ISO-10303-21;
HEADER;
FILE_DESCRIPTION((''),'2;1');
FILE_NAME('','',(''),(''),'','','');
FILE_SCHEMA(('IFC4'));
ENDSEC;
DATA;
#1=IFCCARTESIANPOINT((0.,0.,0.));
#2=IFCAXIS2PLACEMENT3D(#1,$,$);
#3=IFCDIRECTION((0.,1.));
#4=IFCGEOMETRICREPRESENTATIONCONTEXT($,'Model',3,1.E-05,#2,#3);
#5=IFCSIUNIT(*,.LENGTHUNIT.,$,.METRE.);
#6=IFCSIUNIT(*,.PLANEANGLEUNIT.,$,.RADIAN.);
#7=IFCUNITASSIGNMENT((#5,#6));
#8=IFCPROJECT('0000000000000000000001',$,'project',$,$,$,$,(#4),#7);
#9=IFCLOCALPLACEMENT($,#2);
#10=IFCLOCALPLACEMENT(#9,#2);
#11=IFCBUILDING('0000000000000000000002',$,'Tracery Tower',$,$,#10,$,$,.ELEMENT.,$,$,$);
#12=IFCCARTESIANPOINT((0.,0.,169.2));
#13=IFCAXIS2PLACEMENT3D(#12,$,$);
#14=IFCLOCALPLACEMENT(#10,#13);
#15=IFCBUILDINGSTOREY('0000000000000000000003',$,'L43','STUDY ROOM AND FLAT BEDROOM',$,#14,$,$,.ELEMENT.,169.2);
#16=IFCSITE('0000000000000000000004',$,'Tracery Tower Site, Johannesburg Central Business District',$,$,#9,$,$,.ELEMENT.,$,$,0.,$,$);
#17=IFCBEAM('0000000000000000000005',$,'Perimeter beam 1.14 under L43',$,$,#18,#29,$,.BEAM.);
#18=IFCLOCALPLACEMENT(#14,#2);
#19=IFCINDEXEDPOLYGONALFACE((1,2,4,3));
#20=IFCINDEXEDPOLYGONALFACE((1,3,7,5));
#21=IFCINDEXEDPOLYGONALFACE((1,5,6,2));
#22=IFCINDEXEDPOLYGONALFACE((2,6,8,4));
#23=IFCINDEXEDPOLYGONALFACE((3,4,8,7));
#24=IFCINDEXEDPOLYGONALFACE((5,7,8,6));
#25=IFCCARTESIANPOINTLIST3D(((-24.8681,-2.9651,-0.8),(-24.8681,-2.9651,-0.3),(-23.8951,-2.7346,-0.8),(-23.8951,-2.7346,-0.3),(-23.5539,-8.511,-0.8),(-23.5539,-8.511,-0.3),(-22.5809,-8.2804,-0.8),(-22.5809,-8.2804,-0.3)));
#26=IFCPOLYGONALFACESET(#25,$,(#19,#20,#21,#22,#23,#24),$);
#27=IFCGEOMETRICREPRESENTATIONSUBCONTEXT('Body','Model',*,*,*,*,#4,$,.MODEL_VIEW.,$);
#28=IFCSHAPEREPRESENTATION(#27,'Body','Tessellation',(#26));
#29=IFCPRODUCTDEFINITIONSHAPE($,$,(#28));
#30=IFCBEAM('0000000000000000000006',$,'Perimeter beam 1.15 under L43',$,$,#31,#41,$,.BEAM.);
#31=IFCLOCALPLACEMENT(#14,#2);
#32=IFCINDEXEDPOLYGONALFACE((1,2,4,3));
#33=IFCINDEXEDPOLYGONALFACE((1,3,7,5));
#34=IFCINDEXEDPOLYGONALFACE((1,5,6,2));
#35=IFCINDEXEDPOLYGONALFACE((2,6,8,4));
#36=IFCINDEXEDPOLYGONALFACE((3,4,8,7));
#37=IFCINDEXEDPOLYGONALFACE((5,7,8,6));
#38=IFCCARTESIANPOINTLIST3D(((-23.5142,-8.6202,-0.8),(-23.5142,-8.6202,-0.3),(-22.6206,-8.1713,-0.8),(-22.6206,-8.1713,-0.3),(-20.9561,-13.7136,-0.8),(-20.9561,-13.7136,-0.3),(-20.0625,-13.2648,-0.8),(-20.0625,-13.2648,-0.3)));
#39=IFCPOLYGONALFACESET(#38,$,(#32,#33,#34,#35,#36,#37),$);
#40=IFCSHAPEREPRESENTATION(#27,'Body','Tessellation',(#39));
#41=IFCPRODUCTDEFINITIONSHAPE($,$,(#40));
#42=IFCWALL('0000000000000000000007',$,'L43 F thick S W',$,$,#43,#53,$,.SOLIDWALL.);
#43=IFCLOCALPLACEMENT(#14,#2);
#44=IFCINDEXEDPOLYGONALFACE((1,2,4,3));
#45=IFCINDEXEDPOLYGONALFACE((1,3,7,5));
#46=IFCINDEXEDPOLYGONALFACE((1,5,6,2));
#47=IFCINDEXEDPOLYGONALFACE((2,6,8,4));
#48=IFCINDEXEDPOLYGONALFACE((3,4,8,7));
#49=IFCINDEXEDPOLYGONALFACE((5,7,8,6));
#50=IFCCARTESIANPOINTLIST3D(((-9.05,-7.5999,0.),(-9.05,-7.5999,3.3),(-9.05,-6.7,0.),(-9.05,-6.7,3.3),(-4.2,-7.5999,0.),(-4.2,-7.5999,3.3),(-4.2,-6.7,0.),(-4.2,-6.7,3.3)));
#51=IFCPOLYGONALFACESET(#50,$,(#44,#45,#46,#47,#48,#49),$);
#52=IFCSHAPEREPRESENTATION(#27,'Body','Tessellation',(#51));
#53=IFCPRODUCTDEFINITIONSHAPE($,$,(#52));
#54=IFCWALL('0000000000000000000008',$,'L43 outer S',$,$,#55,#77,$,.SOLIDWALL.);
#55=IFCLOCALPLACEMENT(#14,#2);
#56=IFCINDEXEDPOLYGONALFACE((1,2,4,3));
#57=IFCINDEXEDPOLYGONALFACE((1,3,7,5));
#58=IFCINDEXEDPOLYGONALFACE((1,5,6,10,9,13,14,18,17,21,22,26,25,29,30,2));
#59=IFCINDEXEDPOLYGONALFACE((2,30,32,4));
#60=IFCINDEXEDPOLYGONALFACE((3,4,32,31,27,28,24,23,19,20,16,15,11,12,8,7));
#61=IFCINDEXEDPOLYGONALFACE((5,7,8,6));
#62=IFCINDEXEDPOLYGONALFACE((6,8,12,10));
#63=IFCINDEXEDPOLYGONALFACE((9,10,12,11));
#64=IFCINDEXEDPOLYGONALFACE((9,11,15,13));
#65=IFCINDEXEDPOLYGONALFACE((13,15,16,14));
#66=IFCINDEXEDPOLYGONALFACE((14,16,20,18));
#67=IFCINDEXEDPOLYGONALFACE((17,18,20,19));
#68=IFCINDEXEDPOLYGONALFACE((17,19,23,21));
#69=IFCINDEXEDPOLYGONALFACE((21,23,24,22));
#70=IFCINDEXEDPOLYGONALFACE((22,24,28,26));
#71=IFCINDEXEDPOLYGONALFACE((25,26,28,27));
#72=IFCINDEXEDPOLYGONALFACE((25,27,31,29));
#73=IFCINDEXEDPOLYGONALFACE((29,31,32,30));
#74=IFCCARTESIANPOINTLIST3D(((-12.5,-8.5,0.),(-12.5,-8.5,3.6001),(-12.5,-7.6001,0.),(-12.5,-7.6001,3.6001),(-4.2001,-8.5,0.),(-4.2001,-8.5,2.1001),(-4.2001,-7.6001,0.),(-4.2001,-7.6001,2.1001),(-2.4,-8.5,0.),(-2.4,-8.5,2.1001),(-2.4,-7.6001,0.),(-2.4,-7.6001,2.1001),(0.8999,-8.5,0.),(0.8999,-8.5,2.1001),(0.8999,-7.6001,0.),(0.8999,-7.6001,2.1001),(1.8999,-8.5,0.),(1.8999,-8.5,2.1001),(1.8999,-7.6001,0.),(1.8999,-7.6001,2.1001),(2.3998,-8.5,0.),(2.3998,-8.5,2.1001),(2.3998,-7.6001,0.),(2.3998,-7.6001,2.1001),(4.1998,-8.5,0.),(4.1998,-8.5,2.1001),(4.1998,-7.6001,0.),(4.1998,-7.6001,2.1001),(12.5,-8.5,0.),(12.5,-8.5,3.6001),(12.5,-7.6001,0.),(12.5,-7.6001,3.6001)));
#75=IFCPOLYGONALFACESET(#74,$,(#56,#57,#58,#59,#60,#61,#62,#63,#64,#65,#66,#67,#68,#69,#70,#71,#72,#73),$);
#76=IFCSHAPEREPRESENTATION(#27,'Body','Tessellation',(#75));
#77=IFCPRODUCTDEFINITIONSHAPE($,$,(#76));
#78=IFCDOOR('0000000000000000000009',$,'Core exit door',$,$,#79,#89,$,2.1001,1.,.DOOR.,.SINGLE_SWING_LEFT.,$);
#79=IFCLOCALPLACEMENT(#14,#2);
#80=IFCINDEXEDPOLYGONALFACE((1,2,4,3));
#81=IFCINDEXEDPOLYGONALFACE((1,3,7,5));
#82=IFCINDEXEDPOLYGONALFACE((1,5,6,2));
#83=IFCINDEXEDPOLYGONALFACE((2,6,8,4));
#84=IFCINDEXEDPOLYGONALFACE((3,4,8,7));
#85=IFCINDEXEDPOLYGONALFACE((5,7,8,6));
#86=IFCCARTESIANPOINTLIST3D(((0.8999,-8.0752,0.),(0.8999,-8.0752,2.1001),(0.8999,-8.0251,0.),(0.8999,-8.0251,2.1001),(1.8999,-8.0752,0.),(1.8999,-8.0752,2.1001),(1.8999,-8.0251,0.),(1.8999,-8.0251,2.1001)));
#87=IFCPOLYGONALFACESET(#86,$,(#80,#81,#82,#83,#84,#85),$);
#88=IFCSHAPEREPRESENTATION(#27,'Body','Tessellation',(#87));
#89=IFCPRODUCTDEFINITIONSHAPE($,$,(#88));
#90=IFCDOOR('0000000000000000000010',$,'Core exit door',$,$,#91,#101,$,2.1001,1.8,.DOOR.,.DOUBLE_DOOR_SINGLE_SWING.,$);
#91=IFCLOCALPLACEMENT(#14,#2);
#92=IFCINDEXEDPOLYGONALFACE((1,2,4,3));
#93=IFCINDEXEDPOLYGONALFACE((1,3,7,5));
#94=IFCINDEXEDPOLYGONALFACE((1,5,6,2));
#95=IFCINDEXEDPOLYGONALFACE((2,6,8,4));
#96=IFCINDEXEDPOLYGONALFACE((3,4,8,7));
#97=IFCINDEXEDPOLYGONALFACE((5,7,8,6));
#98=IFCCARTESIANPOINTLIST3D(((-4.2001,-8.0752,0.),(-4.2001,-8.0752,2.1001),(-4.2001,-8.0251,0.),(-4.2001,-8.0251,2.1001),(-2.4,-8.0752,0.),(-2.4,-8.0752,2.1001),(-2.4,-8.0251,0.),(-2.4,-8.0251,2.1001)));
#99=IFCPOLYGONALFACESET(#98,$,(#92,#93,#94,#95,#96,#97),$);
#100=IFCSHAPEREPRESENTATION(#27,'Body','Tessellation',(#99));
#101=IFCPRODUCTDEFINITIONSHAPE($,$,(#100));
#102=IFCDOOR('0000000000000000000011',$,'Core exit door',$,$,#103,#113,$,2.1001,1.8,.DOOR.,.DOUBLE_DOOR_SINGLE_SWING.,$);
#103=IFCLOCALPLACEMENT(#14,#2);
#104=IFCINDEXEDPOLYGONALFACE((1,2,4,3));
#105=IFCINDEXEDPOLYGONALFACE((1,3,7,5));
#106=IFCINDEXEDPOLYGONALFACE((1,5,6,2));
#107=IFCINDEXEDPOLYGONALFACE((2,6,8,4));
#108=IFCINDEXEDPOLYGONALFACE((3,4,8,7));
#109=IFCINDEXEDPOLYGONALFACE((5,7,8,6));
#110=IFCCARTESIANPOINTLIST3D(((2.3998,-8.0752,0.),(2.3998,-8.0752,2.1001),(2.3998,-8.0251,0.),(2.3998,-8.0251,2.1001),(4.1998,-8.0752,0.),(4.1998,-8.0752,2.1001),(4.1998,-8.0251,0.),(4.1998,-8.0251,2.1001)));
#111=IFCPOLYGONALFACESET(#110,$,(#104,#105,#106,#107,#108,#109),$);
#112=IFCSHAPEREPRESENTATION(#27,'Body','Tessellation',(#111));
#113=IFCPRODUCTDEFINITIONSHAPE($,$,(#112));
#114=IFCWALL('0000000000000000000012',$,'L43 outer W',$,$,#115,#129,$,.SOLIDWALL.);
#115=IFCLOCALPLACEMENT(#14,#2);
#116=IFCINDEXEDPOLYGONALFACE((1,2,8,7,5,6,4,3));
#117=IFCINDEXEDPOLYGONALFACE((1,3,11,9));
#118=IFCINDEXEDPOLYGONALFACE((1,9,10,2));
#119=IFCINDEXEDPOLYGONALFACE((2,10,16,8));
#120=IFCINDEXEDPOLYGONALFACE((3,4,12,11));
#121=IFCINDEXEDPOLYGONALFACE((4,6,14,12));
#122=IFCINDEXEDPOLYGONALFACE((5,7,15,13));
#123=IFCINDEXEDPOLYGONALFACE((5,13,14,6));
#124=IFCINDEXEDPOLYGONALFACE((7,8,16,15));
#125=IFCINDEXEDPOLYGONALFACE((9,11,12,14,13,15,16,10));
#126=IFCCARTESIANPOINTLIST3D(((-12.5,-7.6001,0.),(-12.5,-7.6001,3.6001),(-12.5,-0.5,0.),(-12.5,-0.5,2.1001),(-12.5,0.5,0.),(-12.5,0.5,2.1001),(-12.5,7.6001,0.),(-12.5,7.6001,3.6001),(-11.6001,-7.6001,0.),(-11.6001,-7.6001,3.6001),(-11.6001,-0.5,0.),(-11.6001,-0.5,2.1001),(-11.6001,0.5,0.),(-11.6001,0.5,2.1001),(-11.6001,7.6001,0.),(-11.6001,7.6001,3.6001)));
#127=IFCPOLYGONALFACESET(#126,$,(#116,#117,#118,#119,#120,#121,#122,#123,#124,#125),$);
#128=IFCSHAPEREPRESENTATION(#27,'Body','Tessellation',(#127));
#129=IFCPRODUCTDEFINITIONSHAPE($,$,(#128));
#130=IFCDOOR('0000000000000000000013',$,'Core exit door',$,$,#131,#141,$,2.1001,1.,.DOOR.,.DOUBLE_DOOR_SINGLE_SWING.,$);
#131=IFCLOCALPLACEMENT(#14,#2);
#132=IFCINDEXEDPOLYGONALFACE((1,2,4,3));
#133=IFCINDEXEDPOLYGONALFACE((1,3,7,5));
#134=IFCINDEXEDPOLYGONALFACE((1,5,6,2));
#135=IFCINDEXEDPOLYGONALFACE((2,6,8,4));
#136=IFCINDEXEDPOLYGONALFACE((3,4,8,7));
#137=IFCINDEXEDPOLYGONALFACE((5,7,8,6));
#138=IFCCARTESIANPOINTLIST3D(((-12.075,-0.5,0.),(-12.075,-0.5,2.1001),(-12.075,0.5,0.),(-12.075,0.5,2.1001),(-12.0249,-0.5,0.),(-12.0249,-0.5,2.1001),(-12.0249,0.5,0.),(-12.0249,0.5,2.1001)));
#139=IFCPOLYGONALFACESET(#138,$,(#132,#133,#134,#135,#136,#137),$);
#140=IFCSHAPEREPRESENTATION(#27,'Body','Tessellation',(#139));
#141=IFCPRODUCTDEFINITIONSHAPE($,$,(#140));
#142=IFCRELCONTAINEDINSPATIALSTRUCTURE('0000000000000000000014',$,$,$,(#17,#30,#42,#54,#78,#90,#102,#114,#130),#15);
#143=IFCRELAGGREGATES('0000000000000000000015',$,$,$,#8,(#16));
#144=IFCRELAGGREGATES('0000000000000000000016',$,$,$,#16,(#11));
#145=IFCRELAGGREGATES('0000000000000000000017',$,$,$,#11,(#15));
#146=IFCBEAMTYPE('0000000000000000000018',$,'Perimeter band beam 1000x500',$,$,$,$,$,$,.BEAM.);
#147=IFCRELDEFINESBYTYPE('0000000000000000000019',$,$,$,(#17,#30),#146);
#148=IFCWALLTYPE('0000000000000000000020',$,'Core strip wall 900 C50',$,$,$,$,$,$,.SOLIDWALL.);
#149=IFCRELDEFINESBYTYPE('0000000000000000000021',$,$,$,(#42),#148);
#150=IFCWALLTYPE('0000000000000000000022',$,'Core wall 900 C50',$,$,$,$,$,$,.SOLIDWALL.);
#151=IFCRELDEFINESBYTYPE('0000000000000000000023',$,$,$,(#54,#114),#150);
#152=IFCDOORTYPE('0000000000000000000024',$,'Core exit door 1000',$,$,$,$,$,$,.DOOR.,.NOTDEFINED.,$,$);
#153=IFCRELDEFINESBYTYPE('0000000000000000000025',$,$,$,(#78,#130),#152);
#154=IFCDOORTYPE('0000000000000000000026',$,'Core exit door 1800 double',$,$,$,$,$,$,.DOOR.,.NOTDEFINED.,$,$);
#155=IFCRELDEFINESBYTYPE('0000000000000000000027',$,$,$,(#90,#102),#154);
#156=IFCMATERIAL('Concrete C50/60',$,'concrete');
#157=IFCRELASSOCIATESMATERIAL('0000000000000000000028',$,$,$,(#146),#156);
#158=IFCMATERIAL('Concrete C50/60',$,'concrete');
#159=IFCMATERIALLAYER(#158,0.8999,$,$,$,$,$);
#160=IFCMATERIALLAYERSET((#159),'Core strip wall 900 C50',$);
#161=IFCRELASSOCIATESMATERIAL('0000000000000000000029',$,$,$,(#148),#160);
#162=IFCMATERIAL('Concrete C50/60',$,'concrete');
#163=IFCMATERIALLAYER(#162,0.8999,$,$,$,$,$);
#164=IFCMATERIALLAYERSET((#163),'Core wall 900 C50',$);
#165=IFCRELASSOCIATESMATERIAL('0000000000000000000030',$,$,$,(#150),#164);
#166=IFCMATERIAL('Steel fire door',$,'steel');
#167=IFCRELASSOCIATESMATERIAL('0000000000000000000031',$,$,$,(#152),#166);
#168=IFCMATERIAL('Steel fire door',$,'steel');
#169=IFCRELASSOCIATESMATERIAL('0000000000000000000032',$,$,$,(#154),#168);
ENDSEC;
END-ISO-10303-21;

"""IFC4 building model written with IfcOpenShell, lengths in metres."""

from ifc_helpers import new_model, si_unit, direction, frame, frame_2d, origin, origin_2d, place, context, subcontext, project, spatial, rectangle, extrude, material, layer, layer_set, material_profile, profile_set, type_object, element, fill, save


model = new_model("IFC4")

# Units and contexts
model_context = context("Model", 3, precision=1e-05, world=origin(), true_north=direction((0.0, 1.0)))
body_context = subcontext(model_context, "Body", "Model", "MODEL_VIEW")
ifc_project = project(units=[si_unit("LENGTHUNIT", "METRE"), si_unit("PLANEANGLEUNIT", "RADIAN")], contexts=[model_context])

# Site, building, storey
site_placement = place(None, origin())
site = spatial("IfcSite", under=ifc_project, at=site_placement, Name="Tracery Tower Site, Johannesburg Central Business District", CompositionType="ELEMENT", RefElevation=0.0)
building_placement = place(site_placement, origin())
building = spatial("IfcBuilding", under=site, at=building_placement, Name="Tracery Tower", CompositionType="ELEMENT")
storey_placement = place(building_placement, frame((0.0, 0.0, 169.2)))
storey = spatial("IfcBuildingStorey", under=building, at=storey_placement, Name="L43", Description="STUDY ROOM AND FLAT BEDROOM", CompositionType="ELEMENT", Elevation=169.2)

# Beams
ifc_material_1 = material(Name="Concrete C50/60", Category="concrete")
ifc_material_profile_1 = material_profile(ifc_material_1, rectangle(XDim=1.0, YDim=0.5, at=origin_2d()), Name="RC 1000x500")
ifc_profile_set_1 = profile_set([ifc_material_profile_1], Name="Concrete C50/60")
beam_type = type_object("IfcBeamType", Name="Perimeter band beam 1000x500", PredefinedType="BEAM", material=ifc_profile_set_1)
beam_1_placement = place(storey_placement, frame((-24.3816, -2.8499, -0.55), z_axis=(0.230584, -0.973052, 0.0), x_axis=(0.973052, 0.230584, 0.0)))
element("IfcBeam", 1, at=beam_1_placement, inside=storey, type_object=beam_type, Name="Perimeter beam 1.14 under L43", PredefinedType="BEAM", context=body_context, shape_type="SweptSolid", body=[
    extrude(rectangle(XDim=1.0, YDim=0.5, at=origin_2d()), origin(), (0.0, 0.0, 1.0), 5.6995),
])
beam_2_placement = place(storey_placement, frame((-23.0674, -8.3958, -0.55), z_axis=(0.448806, -0.893629, 0.0), x_axis=(0.893629, 0.448806, 0.0)))
element("IfcBeam", 2, at=beam_2_placement, inside=storey, type_object=beam_type, Name="Perimeter beam 1.15 under L43", PredefinedType="BEAM", context=body_context, shape_type="SweptSolid", body=[
    extrude(rectangle(XDim=1.0, YDim=0.5, at=origin_2d()), origin(), (0.0, 0.0, 1.0), 5.6997),
])

# Wall
ifc_material_2 = material(Name="Concrete C50/60", Category="concrete")
ifc_layer_1 = layer(ifc_material_2, 0.8999)
ifc_layer_set_1 = layer_set([ifc_layer_1], Name="Core strip wall 900 C50")
wall_type_1 = type_object("IfcWallType", Name="Core strip wall 900 C50", PredefinedType="SOLIDWALL", material=ifc_layer_set_1)
wall_1_placement = place(storey_placement, frame((-9.05, -7.1499, 0.0), z_axis=(0.0, 0.0, 1.0), x_axis=(1.0, 0.0, 0.0)))
element("IfcWall", 3, at=wall_1_placement, inside=storey, type_object=wall_type_1, Name="L43 F thick S W", PredefinedType="SOLIDWALL", context=body_context, shape_type="SweptSolid", body=[
    extrude(rectangle(XDim=4.8501, YDim=0.8999, at=frame_2d((2.425, 0.0))), origin(), (0.0, 0.0, 1.0), 3.3),
])

# Wall, openings, doors
ifc_material_3 = material(Name="Concrete C50/60", Category="concrete")
ifc_layer_2 = layer(ifc_material_3, 0.8999)
ifc_layer_set_2 = layer_set([ifc_layer_2], Name="Core wall 900 C50")
wall_type_2 = type_object("IfcWallType", Name="Core wall 900 C50", PredefinedType="SOLIDWALL", material=ifc_layer_set_2)
wall_2_placement = place(storey_placement, frame((-12.5, -8.05, 0.0), z_axis=(0.0, 0.0, 1.0), x_axis=(1.0, 0.0, 0.0)))
wall_2 = element("IfcWall", 4, at=wall_2_placement, inside=storey, type_object=wall_type_2, Name="L43 outer S", PredefinedType="SOLIDWALL", context=body_context, shape_type="SweptSolid", body=[
    extrude(rectangle(XDim=25.0, YDim=0.8999, at=frame_2d((12.5, 0.0))), origin(), (0.0, 0.0, 1.0), 3.6001),
])
opening_1_placement = place(wall_2_placement, frame((13.3999, 0.0, 0.0)))
opening_1 = element("IfcOpeningElement", 5, at=opening_1_placement, cuts=wall_2, PredefinedType="OPENING", context=body_context, shape_type="SweptSolid", body=[
    extrude(rectangle(XDim=1.0, YDim=2.1001, at=frame_2d((0.5, 1.05))), frame((0.0, 0.45, 0.0), z_axis=(0.0, -1.0, 0.0), x_axis=(1.0, 0.0, 0.0)), (0.0, 0.0, 1.0), 0.8999),
])
opening_2_placement = place(wall_2_placement, frame((8.3, 0.0, 0.0)))
opening_2 = element("IfcOpeningElement", 6, at=opening_2_placement, cuts=wall_2, PredefinedType="OPENING", context=body_context, shape_type="SweptSolid", body=[
    extrude(rectangle(XDim=1.8, YDim=2.1001, at=frame_2d((0.8999, 1.05))), frame((0.0, 0.45, 0.0), z_axis=(0.0, -1.0, 0.0), x_axis=(1.0, 0.0, 0.0)), (0.0, 0.0, 1.0), 0.8999),
])
opening_3_placement = place(wall_2_placement, frame((14.8999, 0.0, 0.0)))
opening_3 = element("IfcOpeningElement", 7, at=opening_3_placement, cuts=wall_2, PredefinedType="OPENING", context=body_context, shape_type="SweptSolid", body=[
    extrude(rectangle(XDim=1.8, YDim=2.1001, at=frame_2d((0.8999, 1.05))), frame((0.0, 0.45, 0.0), z_axis=(0.0, -1.0, 0.0), x_axis=(1.0, 0.0, 0.0)), (0.0, 0.0, 1.0), 0.8999),
])
ifc_material_4 = material(Name="Steel fire door", Category="steel")
door_type_1 = type_object("IfcDoorType", Name="Core exit door 1000", OperationType="NOTDEFINED", PredefinedType="DOOR", material=ifc_material_4)
door_1_placement = place(opening_1_placement, origin())
door_1 = element("IfcDoor", 8, at=door_1_placement, inside=storey, type_object=door_type_1, Name="Core exit door", OperationType="SINGLE_SWING_LEFT", OverallHeight=2.1001, OverallWidth=1.0, PredefinedType="DOOR", context=body_context, shape_type="SweptSolid", body=[
    extrude(rectangle(XDim=1.0, YDim=2.1001, at=frame_2d((0.5, 1.05))), frame((0.0, 0.0249, 0.0), z_axis=(0.0, -1.0, 0.0), x_axis=(1.0, 0.0, 0.0)), (0.0, 0.0, 1.0), 0.05),
])
fill(opening_1, door_1)
ifc_material_5 = material(Name="Steel fire door", Category="steel")
door_type_2 = type_object("IfcDoorType", Name="Core exit door 1800 double", OperationType="NOTDEFINED", PredefinedType="DOOR", material=ifc_material_5)
door_2_placement = place(opening_2_placement, origin())
door_2 = element("IfcDoor", 9, at=door_2_placement, inside=storey, type_object=door_type_2, Name="Core exit door", OperationType="DOUBLE_DOOR_SINGLE_SWING", OverallHeight=2.1001, OverallWidth=1.8, PredefinedType="DOOR", context=body_context, shape_type="SweptSolid", body=[
    extrude(rectangle(XDim=1.8, YDim=2.1001, at=frame_2d((0.8999, 1.05))), frame((0.0, 0.0249, 0.0), z_axis=(0.0, -1.0, 0.0), x_axis=(1.0, 0.0, 0.0)), (0.0, 0.0, 1.0), 0.05),
])
fill(opening_2, door_2)
door_3_placement = place(opening_3_placement, origin())
door_3 = element("IfcDoor", 10, at=door_3_placement, inside=storey, type_object=door_type_2, Name="Core exit door", OperationType="DOUBLE_DOOR_SINGLE_SWING", OverallHeight=2.1001, OverallWidth=1.8, PredefinedType="DOOR", context=body_context, shape_type="SweptSolid", body=[
    extrude(rectangle(XDim=1.8, YDim=2.1001, at=frame_2d((0.8999, 1.05))), frame((0.0, 0.0249, 0.0), z_axis=(0.0, -1.0, 0.0), x_axis=(1.0, 0.0, 0.0)), (0.0, 0.0, 1.0), 0.05),
])
fill(opening_3, door_3)

# Wall, opening, door
wall_3_placement = place(storey_placement, frame((-12.05, -7.6001, 0.0), z_axis=(0.0, 0.0, 1.0), x_axis=(0.0, 1.0, 0.0)))
wall_3 = element("IfcWall", 11, at=wall_3_placement, inside=storey, type_object=wall_type_2, Name="L43 outer W", PredefinedType="SOLIDWALL", context=body_context, shape_type="SweptSolid", body=[
    extrude(rectangle(XDim=15.2002, YDim=0.8999, at=frame_2d((7.6001, 0.0))), origin(), (0.0, 0.0, 1.0), 3.6001),
])
opening_4_placement = place(wall_3_placement, frame((7.1001, 0.0, 0.0)))
opening_4 = element("IfcOpeningElement", 12, at=opening_4_placement, cuts=wall_3, PredefinedType="OPENING", context=body_context, shape_type="SweptSolid", body=[
    extrude(rectangle(XDim=1.0, YDim=2.1001, at=frame_2d((0.5, 1.05))), frame((0.0, 0.45, 0.0), z_axis=(0.0, -1.0, 0.0), x_axis=(1.0, 0.0, 0.0)), (0.0, 0.0, 1.0), 0.8999),
])
door_4_placement = place(opening_4_placement, origin())
door_4 = element("IfcDoor", 13, at=door_4_placement, inside=storey, type_object=door_type_1, Name="Core exit door", OperationType="DOUBLE_DOOR_SINGLE_SWING", OverallHeight=2.1001, OverallWidth=1.0, PredefinedType="DOOR", context=body_context, shape_type="SweptSolid", body=[
    extrude(rectangle(XDim=1.0, YDim=2.1001, at=frame_2d((0.5, 1.05))), frame((0.0, 0.0249, 0.0), z_axis=(0.0, -1.0, 0.0), x_axis=(1.0, 0.0, 0.0)), (0.0, 0.0, 1.0), 0.05),
])
fill(opening_4, door_4)

save(model, "model.ifc")
